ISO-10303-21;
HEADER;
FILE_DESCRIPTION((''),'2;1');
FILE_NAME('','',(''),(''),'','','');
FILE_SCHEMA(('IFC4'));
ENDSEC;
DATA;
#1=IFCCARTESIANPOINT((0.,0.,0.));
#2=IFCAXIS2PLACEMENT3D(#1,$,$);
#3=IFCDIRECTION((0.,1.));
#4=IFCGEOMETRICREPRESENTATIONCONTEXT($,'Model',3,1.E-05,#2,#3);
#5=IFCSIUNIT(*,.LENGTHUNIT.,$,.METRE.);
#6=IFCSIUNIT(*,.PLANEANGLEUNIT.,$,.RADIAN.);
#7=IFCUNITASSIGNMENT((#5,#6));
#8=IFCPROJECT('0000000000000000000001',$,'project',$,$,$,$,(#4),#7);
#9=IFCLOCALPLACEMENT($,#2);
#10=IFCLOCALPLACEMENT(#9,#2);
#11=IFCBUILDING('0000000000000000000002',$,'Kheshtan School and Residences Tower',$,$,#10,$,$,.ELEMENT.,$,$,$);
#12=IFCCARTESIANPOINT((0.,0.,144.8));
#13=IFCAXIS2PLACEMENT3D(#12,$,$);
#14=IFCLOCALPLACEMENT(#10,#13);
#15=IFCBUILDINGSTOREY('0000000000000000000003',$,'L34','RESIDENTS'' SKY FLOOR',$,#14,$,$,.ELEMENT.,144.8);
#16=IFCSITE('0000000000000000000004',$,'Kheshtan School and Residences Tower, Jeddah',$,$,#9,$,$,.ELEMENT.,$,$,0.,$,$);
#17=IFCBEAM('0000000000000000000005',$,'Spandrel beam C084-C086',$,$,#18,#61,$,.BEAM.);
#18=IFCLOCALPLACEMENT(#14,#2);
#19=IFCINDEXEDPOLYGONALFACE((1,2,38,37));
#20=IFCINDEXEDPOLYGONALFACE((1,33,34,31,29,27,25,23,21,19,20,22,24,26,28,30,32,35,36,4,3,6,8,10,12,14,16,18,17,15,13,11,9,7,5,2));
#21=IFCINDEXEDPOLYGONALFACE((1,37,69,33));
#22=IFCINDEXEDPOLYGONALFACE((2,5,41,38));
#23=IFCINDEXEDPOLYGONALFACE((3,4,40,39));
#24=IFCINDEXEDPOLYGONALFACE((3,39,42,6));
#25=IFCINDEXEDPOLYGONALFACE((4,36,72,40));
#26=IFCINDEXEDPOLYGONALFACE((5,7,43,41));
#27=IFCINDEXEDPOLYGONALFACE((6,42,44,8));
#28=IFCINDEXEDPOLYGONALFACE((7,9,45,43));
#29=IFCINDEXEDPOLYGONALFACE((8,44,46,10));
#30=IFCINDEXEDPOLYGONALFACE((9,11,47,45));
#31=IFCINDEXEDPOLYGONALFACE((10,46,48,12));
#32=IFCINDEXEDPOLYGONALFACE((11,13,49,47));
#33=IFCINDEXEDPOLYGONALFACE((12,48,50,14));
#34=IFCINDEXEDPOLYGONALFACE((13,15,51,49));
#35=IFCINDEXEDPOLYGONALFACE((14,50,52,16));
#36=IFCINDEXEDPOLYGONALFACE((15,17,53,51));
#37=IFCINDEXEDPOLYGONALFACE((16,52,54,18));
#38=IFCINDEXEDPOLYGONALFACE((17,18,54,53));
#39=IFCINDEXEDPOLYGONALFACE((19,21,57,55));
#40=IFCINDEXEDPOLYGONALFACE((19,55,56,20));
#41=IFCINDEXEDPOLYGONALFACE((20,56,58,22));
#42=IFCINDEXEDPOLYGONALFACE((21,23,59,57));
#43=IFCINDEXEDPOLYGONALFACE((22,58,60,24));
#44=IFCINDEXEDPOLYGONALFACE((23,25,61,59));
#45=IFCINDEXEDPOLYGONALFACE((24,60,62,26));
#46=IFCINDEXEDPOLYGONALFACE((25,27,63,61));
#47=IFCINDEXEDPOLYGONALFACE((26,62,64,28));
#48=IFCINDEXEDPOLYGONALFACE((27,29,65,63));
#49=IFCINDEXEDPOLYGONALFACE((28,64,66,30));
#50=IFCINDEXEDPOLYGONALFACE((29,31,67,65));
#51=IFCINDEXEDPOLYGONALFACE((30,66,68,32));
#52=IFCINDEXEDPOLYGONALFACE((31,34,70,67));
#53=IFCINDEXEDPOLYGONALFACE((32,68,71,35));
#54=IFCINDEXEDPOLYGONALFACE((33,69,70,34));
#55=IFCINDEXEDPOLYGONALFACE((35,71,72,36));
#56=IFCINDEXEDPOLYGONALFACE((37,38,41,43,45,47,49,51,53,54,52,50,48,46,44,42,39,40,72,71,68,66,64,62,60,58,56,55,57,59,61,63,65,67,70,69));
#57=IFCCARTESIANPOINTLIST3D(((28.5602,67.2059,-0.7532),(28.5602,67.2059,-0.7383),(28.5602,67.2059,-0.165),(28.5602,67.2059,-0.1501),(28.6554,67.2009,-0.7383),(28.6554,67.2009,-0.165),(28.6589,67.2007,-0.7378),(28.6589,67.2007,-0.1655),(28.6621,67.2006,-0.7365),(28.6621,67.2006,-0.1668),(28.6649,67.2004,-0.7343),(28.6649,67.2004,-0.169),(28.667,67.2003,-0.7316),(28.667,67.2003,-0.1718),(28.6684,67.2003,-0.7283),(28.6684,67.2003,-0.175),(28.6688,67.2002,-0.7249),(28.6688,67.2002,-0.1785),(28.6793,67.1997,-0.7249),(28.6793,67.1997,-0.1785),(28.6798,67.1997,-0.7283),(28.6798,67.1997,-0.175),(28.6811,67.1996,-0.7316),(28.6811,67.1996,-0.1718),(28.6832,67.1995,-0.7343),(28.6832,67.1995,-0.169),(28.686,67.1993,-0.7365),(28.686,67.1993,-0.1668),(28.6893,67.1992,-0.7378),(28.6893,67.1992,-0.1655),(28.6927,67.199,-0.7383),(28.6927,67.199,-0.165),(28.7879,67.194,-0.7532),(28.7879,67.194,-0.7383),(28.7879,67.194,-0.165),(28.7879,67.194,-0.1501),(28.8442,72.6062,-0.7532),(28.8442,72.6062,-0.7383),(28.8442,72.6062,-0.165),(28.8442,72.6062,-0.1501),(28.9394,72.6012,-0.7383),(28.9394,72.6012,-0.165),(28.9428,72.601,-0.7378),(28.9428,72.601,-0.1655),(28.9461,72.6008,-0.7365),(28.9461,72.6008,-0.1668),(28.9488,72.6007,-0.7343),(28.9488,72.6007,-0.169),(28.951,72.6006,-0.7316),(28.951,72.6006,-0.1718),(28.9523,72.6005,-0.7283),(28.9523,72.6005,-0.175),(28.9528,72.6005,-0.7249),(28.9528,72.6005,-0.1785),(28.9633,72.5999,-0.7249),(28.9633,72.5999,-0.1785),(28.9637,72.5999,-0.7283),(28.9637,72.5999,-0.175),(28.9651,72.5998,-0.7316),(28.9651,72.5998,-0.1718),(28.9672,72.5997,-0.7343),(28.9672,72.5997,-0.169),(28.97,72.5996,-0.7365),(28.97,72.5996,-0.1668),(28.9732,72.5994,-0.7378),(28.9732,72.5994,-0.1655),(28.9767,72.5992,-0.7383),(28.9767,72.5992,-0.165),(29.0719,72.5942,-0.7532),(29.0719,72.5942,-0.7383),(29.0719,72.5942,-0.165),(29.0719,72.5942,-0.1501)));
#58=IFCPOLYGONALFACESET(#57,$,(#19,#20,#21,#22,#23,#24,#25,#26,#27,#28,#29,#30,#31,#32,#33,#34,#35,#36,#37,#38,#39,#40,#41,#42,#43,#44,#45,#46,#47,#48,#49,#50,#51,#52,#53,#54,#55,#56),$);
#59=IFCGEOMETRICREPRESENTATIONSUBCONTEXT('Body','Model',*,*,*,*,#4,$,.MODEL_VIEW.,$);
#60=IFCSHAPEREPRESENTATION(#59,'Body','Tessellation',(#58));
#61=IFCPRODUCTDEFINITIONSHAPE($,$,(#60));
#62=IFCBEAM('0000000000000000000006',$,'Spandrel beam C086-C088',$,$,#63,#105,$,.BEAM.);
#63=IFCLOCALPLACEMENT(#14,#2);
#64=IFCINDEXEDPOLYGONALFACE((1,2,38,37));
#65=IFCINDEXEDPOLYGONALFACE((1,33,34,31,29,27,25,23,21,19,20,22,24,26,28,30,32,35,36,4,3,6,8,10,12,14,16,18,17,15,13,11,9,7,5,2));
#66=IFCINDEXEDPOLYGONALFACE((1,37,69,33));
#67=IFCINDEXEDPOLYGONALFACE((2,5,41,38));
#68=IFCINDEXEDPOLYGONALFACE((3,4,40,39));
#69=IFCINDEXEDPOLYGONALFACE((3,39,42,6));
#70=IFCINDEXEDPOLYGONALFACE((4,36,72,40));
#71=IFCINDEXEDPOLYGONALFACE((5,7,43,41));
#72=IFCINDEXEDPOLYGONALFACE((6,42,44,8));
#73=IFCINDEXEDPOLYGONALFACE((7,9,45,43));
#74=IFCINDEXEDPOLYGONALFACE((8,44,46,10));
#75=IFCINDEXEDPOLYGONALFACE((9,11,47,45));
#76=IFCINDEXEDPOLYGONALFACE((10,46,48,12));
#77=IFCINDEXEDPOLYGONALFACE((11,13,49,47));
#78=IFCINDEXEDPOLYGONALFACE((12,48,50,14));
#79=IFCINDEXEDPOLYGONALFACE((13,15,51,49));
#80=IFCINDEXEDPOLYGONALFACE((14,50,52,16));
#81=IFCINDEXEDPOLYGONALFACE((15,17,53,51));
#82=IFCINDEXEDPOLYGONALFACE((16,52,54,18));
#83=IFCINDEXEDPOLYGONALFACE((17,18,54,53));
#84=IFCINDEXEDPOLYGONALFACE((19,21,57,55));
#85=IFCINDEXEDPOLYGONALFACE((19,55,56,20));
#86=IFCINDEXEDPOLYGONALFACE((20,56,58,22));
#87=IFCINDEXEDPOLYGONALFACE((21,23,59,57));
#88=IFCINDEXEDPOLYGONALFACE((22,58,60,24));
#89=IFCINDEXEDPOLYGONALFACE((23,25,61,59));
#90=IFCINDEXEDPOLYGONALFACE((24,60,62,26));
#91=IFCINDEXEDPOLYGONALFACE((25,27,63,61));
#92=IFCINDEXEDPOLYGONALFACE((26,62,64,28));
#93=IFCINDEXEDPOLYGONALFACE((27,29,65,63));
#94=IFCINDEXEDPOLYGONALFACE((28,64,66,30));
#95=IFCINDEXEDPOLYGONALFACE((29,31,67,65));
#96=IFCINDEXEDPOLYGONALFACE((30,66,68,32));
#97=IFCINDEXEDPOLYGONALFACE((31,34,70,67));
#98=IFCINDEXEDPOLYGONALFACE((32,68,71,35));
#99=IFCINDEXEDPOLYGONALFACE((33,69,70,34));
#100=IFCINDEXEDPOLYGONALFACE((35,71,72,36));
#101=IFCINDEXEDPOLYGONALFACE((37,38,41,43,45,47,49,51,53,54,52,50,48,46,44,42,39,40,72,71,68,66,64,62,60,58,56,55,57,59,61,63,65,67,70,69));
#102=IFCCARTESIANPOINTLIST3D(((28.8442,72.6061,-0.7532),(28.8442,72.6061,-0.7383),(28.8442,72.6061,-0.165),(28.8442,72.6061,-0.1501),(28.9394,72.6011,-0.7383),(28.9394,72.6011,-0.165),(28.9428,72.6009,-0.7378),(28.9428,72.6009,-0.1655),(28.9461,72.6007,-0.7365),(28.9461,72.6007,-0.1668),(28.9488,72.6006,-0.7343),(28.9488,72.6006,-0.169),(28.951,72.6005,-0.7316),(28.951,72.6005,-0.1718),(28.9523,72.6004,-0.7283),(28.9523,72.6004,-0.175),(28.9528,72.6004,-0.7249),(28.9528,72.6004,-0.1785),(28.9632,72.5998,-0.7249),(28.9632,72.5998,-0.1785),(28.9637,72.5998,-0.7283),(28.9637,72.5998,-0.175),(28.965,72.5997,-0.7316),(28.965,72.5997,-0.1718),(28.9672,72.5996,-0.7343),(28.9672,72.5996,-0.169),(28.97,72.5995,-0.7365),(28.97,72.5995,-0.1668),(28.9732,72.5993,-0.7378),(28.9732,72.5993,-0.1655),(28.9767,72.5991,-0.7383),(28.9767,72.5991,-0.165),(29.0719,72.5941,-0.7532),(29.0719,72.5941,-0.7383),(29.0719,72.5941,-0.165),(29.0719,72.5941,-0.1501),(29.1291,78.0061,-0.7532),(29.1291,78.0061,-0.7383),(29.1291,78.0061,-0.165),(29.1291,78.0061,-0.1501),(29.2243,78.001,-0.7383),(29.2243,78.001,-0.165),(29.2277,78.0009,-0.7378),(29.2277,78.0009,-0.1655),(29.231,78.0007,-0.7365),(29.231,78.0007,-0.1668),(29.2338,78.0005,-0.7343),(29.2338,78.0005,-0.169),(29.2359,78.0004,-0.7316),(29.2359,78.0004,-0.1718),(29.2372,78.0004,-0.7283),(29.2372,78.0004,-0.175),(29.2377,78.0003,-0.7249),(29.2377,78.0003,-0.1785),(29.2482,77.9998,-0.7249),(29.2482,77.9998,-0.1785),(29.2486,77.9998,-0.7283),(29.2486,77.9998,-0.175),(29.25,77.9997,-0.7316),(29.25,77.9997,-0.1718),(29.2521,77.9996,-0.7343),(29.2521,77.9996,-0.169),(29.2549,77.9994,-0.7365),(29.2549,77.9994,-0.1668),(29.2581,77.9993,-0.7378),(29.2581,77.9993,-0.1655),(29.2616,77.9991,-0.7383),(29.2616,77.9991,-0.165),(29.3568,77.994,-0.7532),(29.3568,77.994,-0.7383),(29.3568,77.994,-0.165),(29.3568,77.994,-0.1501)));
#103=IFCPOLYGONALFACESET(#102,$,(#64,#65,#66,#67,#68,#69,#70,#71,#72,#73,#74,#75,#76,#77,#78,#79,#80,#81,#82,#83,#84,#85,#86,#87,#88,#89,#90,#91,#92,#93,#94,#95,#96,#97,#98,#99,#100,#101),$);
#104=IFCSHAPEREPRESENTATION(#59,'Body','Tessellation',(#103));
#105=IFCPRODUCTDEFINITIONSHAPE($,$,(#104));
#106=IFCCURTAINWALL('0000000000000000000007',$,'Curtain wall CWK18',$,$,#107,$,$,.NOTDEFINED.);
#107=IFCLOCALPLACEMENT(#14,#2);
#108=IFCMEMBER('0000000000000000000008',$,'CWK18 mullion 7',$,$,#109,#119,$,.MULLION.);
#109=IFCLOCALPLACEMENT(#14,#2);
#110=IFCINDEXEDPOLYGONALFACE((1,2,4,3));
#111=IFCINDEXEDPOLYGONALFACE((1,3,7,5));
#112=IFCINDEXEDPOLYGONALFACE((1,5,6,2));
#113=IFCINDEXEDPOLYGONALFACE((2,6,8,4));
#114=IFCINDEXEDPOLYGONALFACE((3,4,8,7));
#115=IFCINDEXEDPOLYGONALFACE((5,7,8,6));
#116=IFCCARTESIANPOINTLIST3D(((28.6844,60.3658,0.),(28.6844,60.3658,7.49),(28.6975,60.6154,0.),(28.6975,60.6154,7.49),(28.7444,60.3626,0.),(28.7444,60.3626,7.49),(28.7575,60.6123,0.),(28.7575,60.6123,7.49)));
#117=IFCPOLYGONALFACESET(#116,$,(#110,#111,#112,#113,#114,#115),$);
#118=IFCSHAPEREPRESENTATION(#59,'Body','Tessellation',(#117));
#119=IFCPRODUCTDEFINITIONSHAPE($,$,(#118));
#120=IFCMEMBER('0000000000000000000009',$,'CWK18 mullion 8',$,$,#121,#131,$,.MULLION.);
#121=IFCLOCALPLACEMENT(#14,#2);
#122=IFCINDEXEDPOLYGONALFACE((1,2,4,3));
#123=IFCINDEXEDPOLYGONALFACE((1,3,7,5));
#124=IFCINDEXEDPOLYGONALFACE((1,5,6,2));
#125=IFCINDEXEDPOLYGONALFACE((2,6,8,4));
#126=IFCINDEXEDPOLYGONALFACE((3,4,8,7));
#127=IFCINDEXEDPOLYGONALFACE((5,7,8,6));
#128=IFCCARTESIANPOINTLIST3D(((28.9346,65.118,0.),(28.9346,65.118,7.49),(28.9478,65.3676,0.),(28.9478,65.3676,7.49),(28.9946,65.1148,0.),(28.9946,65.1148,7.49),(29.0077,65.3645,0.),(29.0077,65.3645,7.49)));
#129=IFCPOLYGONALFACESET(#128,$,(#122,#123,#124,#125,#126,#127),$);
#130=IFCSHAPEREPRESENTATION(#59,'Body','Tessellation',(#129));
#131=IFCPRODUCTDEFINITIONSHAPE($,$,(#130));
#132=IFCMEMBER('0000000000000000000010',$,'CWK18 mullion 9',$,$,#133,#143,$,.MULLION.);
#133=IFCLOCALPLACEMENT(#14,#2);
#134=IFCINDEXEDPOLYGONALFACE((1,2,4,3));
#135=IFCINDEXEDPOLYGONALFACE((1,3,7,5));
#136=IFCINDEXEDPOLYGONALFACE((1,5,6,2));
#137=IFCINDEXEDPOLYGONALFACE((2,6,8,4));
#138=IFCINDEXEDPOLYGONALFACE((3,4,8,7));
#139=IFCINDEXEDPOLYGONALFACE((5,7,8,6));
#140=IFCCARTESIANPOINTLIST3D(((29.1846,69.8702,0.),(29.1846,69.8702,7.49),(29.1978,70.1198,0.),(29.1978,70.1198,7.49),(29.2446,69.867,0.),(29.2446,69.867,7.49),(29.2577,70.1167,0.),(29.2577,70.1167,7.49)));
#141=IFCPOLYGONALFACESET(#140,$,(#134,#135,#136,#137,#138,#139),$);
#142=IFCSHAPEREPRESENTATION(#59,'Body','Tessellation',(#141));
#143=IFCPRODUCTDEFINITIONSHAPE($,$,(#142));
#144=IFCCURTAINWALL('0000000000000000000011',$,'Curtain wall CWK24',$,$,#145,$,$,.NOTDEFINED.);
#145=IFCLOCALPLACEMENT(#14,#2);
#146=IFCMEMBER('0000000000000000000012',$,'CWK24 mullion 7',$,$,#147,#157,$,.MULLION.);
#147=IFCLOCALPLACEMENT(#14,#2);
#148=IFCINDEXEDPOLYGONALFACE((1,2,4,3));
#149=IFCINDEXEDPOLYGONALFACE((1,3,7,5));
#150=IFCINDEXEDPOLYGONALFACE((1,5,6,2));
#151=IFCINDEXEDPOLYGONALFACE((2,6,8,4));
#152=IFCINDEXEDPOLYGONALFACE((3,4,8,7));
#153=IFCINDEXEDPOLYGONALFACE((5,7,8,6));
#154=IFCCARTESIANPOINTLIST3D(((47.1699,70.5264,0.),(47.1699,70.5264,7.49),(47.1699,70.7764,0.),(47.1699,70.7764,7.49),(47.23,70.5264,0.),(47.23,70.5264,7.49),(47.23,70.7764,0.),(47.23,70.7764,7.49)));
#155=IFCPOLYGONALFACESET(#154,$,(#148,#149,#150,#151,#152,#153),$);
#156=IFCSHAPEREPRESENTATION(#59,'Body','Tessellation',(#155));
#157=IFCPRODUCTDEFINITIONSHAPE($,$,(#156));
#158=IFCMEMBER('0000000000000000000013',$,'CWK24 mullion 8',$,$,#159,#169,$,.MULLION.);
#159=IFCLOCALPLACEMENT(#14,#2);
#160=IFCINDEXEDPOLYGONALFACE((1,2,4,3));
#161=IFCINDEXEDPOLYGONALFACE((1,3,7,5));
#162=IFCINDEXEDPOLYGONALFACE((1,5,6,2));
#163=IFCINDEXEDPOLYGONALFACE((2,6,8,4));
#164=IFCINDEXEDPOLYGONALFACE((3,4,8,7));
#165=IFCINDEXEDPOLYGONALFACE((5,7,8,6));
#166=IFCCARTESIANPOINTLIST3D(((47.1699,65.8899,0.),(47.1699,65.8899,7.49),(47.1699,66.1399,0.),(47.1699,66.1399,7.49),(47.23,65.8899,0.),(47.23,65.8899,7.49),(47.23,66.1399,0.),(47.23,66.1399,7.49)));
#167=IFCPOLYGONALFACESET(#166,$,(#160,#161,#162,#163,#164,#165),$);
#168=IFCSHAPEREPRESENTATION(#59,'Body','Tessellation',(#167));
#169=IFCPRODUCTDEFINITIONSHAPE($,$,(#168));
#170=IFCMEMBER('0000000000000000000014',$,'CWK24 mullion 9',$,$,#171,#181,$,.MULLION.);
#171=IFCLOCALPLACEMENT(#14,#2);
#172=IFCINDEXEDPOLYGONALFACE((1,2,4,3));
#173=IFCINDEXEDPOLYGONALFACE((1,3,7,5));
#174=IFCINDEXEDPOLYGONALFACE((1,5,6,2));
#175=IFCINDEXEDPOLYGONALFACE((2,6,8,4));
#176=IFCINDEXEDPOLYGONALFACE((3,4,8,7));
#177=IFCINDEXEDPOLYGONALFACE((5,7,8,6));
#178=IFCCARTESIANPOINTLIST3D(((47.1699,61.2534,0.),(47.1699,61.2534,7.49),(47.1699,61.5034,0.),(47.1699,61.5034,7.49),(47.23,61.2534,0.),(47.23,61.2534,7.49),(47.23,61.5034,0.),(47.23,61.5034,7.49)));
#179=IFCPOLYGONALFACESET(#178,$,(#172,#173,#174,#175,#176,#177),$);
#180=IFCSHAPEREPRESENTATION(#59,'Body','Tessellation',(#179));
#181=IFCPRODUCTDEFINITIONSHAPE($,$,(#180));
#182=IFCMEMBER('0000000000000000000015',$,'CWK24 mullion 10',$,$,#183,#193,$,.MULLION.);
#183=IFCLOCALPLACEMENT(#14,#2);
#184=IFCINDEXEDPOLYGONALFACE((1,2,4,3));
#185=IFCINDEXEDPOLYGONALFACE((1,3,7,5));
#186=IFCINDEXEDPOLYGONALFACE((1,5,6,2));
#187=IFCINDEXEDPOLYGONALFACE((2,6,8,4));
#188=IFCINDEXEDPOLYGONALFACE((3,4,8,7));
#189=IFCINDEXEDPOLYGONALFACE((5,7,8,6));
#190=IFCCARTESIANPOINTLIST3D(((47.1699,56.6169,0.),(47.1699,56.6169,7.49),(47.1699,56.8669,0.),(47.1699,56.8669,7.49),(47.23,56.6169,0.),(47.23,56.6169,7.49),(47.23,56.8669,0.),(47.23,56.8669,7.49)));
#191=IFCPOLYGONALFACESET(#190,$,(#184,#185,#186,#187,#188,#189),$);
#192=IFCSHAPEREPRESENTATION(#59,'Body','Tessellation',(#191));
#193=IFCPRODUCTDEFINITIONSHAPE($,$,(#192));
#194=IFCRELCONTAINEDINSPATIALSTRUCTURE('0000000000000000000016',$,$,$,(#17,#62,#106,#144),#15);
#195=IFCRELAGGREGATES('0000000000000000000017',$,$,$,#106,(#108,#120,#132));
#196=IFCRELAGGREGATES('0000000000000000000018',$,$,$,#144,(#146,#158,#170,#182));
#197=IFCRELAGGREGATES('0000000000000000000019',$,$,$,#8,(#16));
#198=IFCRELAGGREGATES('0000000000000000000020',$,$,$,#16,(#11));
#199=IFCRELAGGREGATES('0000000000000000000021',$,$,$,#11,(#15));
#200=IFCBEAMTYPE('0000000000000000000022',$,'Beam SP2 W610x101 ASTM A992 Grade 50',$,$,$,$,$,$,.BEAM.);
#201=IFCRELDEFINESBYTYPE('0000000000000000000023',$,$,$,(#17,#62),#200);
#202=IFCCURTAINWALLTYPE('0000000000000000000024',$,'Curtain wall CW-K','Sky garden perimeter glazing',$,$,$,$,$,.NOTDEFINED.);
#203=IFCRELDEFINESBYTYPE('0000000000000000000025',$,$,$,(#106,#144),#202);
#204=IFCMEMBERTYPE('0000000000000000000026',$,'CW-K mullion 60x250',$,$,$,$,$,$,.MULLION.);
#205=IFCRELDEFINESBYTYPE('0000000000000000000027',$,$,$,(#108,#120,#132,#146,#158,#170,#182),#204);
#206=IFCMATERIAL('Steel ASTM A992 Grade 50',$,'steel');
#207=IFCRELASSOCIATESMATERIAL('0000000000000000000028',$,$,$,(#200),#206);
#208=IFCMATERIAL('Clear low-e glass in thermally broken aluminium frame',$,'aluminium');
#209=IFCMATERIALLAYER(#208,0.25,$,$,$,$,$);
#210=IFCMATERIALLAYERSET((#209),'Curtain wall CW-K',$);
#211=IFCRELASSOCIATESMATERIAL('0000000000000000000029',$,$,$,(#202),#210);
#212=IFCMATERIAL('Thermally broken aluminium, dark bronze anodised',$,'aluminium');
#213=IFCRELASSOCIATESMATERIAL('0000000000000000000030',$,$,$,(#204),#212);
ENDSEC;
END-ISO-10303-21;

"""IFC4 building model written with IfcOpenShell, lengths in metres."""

from ifc_helpers import new_model, si_unit, direction, frame, origin, origin_2d, place, context, subcontext, project, spatial, rectangle, i_section, extrude, material, layer, layer_set, material_profile, profile_set, type_object, element, aggregate, save


model = new_model("IFC4")

# Units and contexts
model_context = context("Model", 3, precision=1e-05, world=origin(), true_north=direction((0.0, 1.0)))
body_context = subcontext(model_context, "Body", "Model", "MODEL_VIEW")
ifc_project = project(units=[si_unit("LENGTHUNIT", "METRE"), si_unit("PLANEANGLEUNIT", "RADIAN")], contexts=[model_context])

# Site, building, storey
site_placement = place(None, origin())
site = spatial("IfcSite", under=ifc_project, at=site_placement, Name="Kheshtan School and Residences Tower, Jeddah", CompositionType="ELEMENT", RefElevation=0.0)
building_placement = place(site_placement, origin())
building = spatial("IfcBuilding", under=site, at=building_placement, Name="Kheshtan School and Residences Tower", CompositionType="ELEMENT")
storey_placement = place(building_placement, frame((0.0, 0.0, 144.8)))
storey = spatial("IfcBuildingStorey", under=building, at=storey_placement, Name="L34", Description="RESIDENTS' SKY FLOOR", CompositionType="ELEMENT", Elevation=144.8)

# Shared definitions
ifc_material_1 = material(Name="Steel ASTM A992 Grade 50", Category="steel")

# Beams
ifc_material_profile_1 = material_profile(ifc_material_1, i_section(OverallWidth=0.228, OverallDepth=0.603, WebThickness=0.0105, FlangeThickness=0.0149, FilletRadius=0.0134, at=origin_2d()), Name="W610x101")
ifc_profile_set_1 = profile_set([ifc_material_profile_1], Name="Steel ASTM A992 Grade 50")
beam_type_1 = type_object("IfcBeamType", Name="Beam SP2 W610x101 ASTM A992 Grade 50", PredefinedType="BEAM", material=ifc_profile_set_1)
beam_1_placement = place(storey_placement, frame((28.6741, 67.2, -0.4517), z_axis=(0.052507, 0.998621, 0.0), x_axis=(-0.998621, 0.052507, 0.0)))
element("IfcBeam", 1, at=beam_1_placement, inside=storey, type_object=beam_type_1, Name="Spandrel beam C084-C086", PredefinedType="BEAM", context=body_context, shape_type="SweptSolid", body=[
    extrude(i_section(OverallWidth=0.228, OverallDepth=0.603, WebThickness=0.0105, FlangeThickness=0.0149, FilletRadius=0.0134, at=origin_2d()), origin(), (0.0, 0.0, 1.0), 5.4077),
])
beam_2_placement = place(storey_placement, frame((28.958, 72.6001, -0.4517), z_axis=(0.052689, 0.998611, 0.0), x_axis=(-0.998611, 0.052689, 0.0)))
element("IfcBeam", 2, at=beam_2_placement, inside=storey, type_object=beam_type_1, Name="Spandrel beam C086-C088", PredefinedType="BEAM", context=body_context, shape_type="SweptSolid", body=[
    extrude(i_section(OverallWidth=0.228, OverallDepth=0.603, WebThickness=0.0105, FlangeThickness=0.0149, FilletRadius=0.0134, at=origin_2d()), origin(), (0.0, 0.0, 1.0), 5.4075),
])

# Curtain walls, members
ifc_material_2 = material(Name="Clear low-e glass in thermally broken aluminium frame", Category="aluminium")
ifc_layer_1 = layer(ifc_material_2, 0.25)
ifc_layer_set_1 = layer_set([ifc_layer_1], Name="Curtain wall CW-K")
curtain_wall_type = type_object("IfcCurtainWallType", Name="Curtain wall CW-K", Description="Sky garden perimeter glazing", PredefinedType="NOTDEFINED", material=ifc_layer_set_1)
curtain_wall_1_placement = place(storey_placement, origin())
curtain_wall_1 = element("IfcCurtainWall", 3, at=curtain_wall_1_placement, inside=storey, type_object=curtain_wall_type, Name="Curtain wall CWK18", PredefinedType="NOTDEFINED")
ifc_material_3 = material(Name="Thermally broken aluminium, dark bronze anodised", Category="aluminium")
ifc_material_profile_2 = material_profile(ifc_material_3, rectangle(XDim=0.0601, YDim=0.25, at=origin_2d()), Name="CW-K mullion 60x250")
ifc_profile_set_2 = profile_set([ifc_material_profile_2], Name="Thermally broken aluminium, dark bronze anodised")
member_type = type_object("IfcMemberType", Name="CW-K mullion 60x250", PredefinedType="MULLION", material=ifc_profile_set_2)
member_1_placement = place(storey_placement, frame((28.7209, 60.489, 0.0), z_axis=(0.0, 0.0, 1.0), x_axis=(-0.998617, 0.052565, 0.0)))
member_1 = element("IfcMember", 4, at=member_1_placement, type_object=member_type, Name="CWK18 mullion 7", PredefinedType="MULLION", context=body_context, shape_type="SweptSolid", body=[
    extrude(rectangle(XDim=0.0601, YDim=0.25, at=origin_2d()), origin(), (0.0, 0.0, 1.0), 7.49),
])
member_2_placement = place(storey_placement, frame((28.9712, 65.2412, 0.0), z_axis=(0.0, 0.0, 1.0), x_axis=(-0.998617, 0.052565, 0.0)))
member_2 = element("IfcMember", 5, at=member_2_placement, type_object=member_type, Name="CWK18 mullion 8", PredefinedType="MULLION", context=body_context, shape_type="SweptSolid", body=[
    extrude(rectangle(XDim=0.0601, YDim=0.25, at=origin_2d()), origin(), (0.0, 0.0, 1.0), 7.49),
])
member_3_placement = place(storey_placement, frame((29.2212, 69.9934, 0.0), z_axis=(0.0, 0.0, 1.0), x_axis=(-0.998617, 0.052565, 0.0)))
member_3 = element("IfcMember", 6, at=member_3_placement, type_object=member_type, Name="CWK18 mullion 9", PredefinedType="MULLION", context=body_context, shape_type="SweptSolid", body=[
    extrude(rectangle(XDim=0.0601, YDim=0.25, at=origin_2d()), origin(), (0.0, 0.0, 1.0), 7.49),
])
curtain_wall_2_placement = place(storey_placement, origin())
curtain_wall_2 = element("IfcCurtainWall", 7, at=curtain_wall_2_placement, inside=storey, type_object=curtain_wall_type, Name="Curtain wall CWK24", PredefinedType="NOTDEFINED")
member_4_placement = place(storey_placement, frame((47.2, 70.6514, 0.0), z_axis=(0.0, 0.0, 1.0), x_axis=(1.0, 0.0, 0.0)))
member_4 = element("IfcMember", 8, at=member_4_placement, type_object=member_type, Name="CWK24 mullion 7", PredefinedType="MULLION", context=body_context, shape_type="SweptSolid", body=[
    extrude(rectangle(XDim=0.0601, YDim=0.25, at=origin_2d()), origin(), (0.0, 0.0, 1.0), 7.49),
])
member_5_placement = place(storey_placement, frame((47.2, 66.0149, 0.0), z_axis=(0.0, 0.0, 1.0), x_axis=(1.0, 0.0, 0.0)))
member_5 = element("IfcMember", 9, at=member_5_placement, type_object=member_type, Name="CWK24 mullion 8", PredefinedType="MULLION", context=body_context, shape_type="SweptSolid", body=[
    extrude(rectangle(XDim=0.0601, YDim=0.25, at=origin_2d()), origin(), (0.0, 0.0, 1.0), 7.49),
])
member_6_placement = place(storey_placement, frame((47.2, 61.3784, 0.0), z_axis=(0.0, 0.0, 1.0), x_axis=(1.0, 0.0, 0.0)))
member_6 = element("IfcMember", 10, at=member_6_placement, type_object=member_type, Name="CWK24 mullion 9", PredefinedType="MULLION", context=body_context, shape_type="SweptSolid", body=[
    extrude(rectangle(XDim=0.0601, YDim=0.25, at=origin_2d()), origin(), (0.0, 0.0, 1.0), 7.49),
])
member_7_placement = place(storey_placement, frame((47.2, 56.7419, 0.0), z_axis=(0.0, 0.0, 1.0), x_axis=(1.0, 0.0, 0.0)))
member_7 = element("IfcMember", 11, at=member_7_placement, type_object=member_type, Name="CWK24 mullion 10", PredefinedType="MULLION", context=body_context, shape_type="SweptSolid", body=[
    extrude(rectangle(XDim=0.0601, YDim=0.25, at=origin_2d()), origin(), (0.0, 0.0, 1.0), 7.49),
])

aggregate(curtain_wall_1, [member_1, member_2, member_3])
aggregate(curtain_wall_2, [member_4, member_5, member_6, member_7])

save(model, "model.ifc")
